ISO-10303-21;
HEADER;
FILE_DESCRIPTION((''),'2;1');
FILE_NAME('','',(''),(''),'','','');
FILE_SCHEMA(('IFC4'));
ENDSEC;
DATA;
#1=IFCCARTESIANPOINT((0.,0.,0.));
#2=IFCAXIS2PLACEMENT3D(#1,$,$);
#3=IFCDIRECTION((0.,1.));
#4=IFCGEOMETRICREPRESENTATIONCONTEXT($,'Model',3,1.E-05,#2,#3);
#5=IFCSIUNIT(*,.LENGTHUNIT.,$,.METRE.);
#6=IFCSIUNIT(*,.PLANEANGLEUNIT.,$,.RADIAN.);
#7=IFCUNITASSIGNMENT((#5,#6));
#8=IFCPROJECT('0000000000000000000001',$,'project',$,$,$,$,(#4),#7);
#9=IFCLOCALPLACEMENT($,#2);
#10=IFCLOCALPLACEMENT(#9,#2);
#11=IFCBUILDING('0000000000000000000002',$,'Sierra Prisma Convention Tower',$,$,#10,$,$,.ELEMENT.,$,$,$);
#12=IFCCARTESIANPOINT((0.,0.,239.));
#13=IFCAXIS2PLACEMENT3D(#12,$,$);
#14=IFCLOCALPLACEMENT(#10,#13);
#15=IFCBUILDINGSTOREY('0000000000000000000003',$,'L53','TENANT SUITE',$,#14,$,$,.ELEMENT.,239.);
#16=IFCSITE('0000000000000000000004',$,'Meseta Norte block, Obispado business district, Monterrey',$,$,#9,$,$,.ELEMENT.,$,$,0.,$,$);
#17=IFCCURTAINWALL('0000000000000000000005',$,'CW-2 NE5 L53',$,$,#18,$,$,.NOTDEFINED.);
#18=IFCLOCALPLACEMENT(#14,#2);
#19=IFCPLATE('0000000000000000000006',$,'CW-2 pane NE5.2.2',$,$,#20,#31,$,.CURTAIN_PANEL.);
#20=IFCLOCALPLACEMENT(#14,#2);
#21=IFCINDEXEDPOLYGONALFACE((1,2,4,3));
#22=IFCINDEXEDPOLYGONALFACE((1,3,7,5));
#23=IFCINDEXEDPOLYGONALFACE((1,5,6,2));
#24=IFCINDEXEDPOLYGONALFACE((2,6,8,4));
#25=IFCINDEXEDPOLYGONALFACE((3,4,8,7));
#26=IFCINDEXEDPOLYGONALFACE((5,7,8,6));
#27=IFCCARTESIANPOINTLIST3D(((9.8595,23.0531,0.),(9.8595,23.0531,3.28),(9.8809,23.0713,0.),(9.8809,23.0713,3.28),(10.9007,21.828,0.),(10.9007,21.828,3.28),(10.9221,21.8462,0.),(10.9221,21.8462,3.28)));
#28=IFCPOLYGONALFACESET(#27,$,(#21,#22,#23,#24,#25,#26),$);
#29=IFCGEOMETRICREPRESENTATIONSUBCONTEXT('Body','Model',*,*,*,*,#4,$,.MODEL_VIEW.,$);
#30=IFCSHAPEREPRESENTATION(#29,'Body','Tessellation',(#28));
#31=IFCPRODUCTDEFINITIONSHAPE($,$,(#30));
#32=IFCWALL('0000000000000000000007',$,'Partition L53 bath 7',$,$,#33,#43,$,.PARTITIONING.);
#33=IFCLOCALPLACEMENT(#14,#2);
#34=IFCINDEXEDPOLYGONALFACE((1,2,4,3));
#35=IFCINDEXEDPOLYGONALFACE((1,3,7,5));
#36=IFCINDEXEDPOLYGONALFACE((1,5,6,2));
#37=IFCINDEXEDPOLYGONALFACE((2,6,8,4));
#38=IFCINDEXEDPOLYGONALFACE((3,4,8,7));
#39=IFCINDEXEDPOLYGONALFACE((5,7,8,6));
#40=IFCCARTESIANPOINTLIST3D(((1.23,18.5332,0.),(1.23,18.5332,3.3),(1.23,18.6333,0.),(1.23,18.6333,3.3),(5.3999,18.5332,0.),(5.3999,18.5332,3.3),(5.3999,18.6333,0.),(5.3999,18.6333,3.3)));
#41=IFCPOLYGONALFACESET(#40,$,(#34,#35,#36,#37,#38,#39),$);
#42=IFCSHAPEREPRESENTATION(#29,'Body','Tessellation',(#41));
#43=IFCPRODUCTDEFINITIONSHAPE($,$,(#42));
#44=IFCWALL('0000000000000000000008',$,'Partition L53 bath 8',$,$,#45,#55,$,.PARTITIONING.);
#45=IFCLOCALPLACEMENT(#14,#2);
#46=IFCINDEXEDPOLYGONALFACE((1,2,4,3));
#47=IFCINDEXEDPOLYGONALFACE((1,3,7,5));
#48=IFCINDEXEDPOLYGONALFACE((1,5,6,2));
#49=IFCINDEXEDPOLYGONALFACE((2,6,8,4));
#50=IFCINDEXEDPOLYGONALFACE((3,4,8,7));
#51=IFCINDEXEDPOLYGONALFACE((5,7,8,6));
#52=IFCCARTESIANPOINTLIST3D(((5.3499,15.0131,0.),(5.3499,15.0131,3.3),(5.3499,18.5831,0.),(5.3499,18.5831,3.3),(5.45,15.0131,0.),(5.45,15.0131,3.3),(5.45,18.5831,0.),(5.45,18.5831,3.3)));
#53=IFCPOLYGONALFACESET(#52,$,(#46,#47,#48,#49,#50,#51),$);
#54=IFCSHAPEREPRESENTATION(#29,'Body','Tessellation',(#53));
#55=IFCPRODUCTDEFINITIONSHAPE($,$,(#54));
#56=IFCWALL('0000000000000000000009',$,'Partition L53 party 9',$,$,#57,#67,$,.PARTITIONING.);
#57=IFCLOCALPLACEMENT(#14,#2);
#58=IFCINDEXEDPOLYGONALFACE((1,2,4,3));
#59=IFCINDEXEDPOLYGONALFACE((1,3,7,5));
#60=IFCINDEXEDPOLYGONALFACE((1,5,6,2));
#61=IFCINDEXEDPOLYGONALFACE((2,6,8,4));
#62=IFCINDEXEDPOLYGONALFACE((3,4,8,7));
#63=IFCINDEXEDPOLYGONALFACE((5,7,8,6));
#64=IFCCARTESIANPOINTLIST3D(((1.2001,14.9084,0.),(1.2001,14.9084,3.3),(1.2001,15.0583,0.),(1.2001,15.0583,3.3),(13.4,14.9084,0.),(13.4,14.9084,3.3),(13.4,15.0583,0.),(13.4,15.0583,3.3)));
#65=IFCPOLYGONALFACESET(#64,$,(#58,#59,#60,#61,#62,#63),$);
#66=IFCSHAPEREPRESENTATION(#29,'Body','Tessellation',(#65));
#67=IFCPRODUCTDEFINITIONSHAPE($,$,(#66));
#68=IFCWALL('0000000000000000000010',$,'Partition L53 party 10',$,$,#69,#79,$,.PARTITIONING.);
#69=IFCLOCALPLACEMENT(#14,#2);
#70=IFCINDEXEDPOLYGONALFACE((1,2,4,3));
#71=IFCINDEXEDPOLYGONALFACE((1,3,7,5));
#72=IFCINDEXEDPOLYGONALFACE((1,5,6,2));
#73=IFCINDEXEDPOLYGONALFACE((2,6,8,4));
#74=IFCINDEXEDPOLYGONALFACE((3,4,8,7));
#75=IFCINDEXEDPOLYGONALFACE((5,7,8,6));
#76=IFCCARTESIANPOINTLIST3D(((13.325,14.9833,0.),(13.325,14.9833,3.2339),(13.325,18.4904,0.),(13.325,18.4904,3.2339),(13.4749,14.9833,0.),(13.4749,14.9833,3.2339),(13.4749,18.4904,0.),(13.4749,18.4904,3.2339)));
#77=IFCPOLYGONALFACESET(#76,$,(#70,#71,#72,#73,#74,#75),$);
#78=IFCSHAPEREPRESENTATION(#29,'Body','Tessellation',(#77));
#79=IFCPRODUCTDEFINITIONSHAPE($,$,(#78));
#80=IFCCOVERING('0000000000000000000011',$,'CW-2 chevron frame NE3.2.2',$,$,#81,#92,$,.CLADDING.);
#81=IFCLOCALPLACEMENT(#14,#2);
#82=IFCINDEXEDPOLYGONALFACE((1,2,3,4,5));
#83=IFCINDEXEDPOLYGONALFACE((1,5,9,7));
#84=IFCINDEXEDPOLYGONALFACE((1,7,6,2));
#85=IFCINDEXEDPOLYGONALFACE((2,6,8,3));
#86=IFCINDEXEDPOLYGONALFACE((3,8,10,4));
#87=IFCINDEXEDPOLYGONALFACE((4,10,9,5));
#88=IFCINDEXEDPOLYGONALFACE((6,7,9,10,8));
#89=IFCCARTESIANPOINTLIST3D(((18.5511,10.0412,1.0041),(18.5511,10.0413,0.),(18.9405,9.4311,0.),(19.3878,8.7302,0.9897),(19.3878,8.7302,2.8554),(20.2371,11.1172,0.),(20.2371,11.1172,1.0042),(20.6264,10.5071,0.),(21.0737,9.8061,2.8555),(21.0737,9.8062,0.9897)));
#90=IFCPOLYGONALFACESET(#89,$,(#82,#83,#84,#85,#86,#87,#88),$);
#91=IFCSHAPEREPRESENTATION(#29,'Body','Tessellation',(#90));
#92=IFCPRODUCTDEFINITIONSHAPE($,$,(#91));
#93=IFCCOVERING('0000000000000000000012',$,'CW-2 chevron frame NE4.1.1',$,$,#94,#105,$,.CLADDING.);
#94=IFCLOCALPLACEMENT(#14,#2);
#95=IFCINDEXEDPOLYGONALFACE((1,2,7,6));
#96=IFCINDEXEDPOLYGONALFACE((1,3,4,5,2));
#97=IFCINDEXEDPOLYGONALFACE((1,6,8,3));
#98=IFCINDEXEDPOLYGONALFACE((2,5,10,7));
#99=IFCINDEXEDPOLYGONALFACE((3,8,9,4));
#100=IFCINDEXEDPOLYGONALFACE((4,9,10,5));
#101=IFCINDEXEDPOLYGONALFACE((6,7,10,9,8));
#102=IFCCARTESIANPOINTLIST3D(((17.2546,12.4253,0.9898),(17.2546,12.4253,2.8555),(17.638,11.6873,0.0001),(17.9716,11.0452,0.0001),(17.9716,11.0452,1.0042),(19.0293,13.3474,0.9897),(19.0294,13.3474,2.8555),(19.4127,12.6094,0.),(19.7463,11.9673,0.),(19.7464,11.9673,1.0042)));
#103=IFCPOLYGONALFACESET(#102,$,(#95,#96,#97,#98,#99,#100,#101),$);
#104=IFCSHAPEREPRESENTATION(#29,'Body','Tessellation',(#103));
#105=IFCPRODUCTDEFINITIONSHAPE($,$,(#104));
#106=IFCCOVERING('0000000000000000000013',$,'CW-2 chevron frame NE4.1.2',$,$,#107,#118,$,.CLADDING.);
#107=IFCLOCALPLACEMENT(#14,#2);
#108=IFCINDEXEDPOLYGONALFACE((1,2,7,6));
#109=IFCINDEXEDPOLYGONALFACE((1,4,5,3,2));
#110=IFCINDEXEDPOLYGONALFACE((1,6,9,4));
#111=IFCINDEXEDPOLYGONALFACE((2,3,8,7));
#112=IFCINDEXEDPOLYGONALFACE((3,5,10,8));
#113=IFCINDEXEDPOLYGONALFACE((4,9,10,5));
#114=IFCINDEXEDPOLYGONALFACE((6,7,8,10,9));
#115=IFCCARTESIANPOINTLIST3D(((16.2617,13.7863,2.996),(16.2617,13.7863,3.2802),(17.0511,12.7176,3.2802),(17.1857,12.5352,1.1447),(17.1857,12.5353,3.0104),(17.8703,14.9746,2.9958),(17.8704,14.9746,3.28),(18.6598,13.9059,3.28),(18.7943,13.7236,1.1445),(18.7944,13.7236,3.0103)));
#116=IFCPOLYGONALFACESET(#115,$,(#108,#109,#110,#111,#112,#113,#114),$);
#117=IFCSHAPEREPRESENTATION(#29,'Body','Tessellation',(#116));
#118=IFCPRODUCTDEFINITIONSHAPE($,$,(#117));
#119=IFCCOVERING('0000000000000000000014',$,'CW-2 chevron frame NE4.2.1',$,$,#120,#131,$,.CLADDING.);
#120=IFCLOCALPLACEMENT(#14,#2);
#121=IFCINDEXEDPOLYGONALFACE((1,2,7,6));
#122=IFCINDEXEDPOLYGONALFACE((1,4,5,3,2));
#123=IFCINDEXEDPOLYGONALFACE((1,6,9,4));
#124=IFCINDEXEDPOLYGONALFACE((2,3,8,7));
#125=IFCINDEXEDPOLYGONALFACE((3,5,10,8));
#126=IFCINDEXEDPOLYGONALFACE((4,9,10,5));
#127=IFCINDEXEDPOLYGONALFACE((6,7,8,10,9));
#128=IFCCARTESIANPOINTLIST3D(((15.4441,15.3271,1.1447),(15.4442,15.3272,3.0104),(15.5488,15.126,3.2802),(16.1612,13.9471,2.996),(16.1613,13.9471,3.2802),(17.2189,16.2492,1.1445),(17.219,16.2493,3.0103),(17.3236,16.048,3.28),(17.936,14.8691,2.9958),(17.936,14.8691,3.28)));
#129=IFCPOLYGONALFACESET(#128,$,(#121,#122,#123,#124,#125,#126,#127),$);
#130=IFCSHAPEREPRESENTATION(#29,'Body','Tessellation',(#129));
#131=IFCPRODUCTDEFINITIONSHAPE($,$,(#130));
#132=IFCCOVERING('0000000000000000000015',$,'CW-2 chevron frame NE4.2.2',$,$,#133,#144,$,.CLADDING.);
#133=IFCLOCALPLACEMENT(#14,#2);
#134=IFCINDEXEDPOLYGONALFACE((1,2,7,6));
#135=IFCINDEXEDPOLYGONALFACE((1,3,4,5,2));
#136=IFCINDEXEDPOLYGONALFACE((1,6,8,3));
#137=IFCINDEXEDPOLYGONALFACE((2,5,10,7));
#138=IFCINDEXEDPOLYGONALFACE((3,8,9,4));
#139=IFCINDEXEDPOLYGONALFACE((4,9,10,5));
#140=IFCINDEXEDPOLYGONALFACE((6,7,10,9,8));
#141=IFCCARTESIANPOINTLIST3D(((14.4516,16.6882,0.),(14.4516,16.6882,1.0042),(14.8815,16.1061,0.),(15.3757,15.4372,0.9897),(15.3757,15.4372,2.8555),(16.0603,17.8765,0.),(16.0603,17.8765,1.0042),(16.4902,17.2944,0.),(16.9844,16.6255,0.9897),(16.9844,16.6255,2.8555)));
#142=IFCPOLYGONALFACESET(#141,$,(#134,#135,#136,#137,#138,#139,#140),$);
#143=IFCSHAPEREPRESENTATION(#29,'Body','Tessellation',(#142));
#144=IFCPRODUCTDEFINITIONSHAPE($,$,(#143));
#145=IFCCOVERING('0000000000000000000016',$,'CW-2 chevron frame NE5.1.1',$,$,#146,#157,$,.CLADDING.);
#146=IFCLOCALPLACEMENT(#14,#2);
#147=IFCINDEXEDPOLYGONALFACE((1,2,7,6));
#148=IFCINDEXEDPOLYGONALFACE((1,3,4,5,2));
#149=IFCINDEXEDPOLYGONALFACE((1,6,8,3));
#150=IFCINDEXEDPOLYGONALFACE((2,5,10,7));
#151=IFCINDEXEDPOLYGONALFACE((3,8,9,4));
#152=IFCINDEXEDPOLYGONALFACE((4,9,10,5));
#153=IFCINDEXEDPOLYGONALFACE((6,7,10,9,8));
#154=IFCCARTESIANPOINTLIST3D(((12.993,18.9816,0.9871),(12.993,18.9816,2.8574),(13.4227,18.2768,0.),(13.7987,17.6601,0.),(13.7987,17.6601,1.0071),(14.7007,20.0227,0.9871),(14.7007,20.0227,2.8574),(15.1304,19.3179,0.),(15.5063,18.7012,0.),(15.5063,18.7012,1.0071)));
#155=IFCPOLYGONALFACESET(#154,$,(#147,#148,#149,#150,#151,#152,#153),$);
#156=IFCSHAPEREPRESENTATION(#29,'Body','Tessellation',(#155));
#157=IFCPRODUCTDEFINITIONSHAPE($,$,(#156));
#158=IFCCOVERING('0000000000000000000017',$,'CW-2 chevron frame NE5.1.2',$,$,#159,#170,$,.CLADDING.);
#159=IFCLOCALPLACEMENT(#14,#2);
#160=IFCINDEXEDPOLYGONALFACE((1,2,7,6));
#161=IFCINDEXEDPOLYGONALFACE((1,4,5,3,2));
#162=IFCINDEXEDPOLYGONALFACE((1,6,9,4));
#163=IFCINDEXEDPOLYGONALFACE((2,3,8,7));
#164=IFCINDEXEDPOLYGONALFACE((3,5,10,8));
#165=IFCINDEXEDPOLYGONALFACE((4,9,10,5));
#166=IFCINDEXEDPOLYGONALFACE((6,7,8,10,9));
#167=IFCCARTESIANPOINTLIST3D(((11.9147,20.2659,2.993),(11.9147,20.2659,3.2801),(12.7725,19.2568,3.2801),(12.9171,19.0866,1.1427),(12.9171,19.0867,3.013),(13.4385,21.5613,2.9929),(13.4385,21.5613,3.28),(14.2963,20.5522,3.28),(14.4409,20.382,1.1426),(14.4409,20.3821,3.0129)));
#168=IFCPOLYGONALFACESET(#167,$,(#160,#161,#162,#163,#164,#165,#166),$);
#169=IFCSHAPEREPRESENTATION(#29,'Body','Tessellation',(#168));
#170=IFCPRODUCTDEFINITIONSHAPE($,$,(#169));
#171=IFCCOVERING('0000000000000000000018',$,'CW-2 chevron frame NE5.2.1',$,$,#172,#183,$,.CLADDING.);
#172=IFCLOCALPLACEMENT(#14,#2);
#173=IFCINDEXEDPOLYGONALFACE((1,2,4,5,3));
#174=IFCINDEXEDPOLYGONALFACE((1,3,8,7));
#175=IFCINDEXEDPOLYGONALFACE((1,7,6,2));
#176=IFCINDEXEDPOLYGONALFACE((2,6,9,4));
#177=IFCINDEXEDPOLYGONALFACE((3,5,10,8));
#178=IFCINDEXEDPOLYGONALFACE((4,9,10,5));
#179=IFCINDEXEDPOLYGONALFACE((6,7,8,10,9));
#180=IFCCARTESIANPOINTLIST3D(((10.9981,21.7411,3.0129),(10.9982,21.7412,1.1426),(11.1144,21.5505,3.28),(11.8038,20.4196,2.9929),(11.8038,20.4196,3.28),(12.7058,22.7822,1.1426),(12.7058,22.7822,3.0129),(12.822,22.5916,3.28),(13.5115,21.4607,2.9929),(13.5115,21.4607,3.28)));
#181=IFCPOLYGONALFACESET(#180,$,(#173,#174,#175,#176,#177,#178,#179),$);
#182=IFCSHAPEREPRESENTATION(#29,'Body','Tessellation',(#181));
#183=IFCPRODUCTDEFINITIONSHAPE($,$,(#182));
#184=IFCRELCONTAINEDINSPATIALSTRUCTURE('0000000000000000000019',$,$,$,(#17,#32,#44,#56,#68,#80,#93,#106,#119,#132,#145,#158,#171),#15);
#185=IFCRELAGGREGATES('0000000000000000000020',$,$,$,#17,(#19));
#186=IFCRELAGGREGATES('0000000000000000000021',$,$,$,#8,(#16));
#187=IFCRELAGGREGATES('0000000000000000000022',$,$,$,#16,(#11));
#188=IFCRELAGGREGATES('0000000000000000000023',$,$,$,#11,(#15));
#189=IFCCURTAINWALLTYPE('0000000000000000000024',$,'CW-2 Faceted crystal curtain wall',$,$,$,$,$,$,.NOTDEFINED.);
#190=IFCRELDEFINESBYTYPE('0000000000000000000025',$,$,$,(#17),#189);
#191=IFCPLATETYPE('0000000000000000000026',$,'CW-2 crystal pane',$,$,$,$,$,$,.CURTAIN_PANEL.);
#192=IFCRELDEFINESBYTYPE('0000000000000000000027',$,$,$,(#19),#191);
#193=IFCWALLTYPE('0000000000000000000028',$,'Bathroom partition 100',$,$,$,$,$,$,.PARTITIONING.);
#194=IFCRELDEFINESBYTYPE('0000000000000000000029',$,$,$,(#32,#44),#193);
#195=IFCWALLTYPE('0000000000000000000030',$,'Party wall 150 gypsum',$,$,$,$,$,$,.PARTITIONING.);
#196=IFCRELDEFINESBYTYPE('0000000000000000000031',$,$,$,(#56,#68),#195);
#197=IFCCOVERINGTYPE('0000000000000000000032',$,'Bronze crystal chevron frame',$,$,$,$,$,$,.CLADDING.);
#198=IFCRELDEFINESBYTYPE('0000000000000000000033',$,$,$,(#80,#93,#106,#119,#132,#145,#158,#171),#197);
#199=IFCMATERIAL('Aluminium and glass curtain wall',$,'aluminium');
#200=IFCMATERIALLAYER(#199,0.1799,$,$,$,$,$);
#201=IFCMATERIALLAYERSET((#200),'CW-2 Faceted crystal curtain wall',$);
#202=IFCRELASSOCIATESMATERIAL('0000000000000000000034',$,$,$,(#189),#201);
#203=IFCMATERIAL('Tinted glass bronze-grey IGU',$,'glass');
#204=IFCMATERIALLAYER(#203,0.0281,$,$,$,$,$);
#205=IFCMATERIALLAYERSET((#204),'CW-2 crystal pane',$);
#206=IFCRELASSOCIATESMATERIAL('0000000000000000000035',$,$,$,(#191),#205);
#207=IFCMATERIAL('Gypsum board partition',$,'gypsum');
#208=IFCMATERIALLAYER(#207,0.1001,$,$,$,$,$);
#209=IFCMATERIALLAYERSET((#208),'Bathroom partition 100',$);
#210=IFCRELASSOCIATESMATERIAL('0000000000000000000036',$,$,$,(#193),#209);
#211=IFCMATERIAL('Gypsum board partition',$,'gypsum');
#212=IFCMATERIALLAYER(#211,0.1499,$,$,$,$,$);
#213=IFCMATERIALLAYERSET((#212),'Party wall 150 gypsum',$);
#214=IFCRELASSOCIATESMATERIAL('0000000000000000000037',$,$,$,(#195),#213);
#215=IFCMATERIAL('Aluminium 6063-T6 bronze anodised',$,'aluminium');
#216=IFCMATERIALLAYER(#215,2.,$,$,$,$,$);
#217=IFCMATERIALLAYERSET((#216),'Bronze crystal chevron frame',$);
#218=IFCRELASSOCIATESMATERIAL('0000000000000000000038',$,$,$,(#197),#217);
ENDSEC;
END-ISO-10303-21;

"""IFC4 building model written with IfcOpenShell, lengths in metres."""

from ifc_helpers import new_model, si_unit, direction, frame, frame_2d, origin, place, context, subcontext, project, spatial, polyline, rectangle, outline, extrude, material, layer, layer_set, type_object, element, aggregate, save


model = new_model("IFC4")

# Units and contexts
model_context = context("Model", 3, precision=1e-05, world=origin(), true_north=direction((0.0, 1.0)))
body_context = subcontext(model_context, "Body", "Model", "MODEL_VIEW")
ifc_project = project(units=[si_unit("LENGTHUNIT", "METRE"), si_unit("PLANEANGLEUNIT", "RADIAN")], contexts=[model_context])

# Site, building, storey
site_placement = place(None, origin())
site = spatial("IfcSite", under=ifc_project, at=site_placement, Name="Meseta Norte block, Obispado business district, Monterrey", CompositionType="ELEMENT", RefElevation=0.0)
building_placement = place(site_placement, origin())
building = spatial("IfcBuilding", under=site, at=building_placement, Name="Sierra Prisma Convention Tower", CompositionType="ELEMENT")
storey_placement = place(building_placement, frame((0.0, 0.0, 239.0)))
storey = spatial("IfcBuildingStorey", under=building, at=storey_placement, Name="L53", Description="TENANT SUITE", CompositionType="ELEMENT", Elevation=239.0)

# Curtain wall
ifc_material_1 = material(Name="Aluminium and glass curtain wall", Category="aluminium")
ifc_layer_1 = layer(ifc_material_1, 0.1799)
ifc_layer_set_1 = layer_set([ifc_layer_1], Name="CW-2 Faceted crystal curtain wall")
curtain_wall_type = type_object("IfcCurtainWallType", Name="CW-2 Faceted crystal curtain wall", PredefinedType="NOTDEFINED", material=ifc_layer_set_1)
curtain_wall_1_placement = place(storey_placement, origin())
curtain_wall_1 = element("IfcCurtainWall", 1, at=curtain_wall_1_placement, inside=storey, type_object=curtain_wall_type, Name="CW-2 NE5 L53", PredefinedType="NOTDEFINED")

# Plate
ifc_material_2 = material(Name="Tinted glass bronze-grey IGU", Category="glass")
ifc_layer_2 = layer(ifc_material_2, 0.0281)
ifc_layer_set_2 = layer_set([ifc_layer_2], Name="CW-2 crystal pane")
plate_type = type_object("IfcPlateType", Name="CW-2 crystal pane", PredefinedType="CURTAIN_PANEL", material=ifc_layer_set_2)
plate_1_placement = place(storey_placement, frame((9.8809, 23.0713, 0.0), z_axis=(0.761962, 0.647622, 0.0), x_axis=(0.647622, -0.761962, 0.0)))
plate_1 = element("IfcPlate", 2, at=plate_1_placement, type_object=plate_type, Name="CW-2 pane NE5.2.2", PredefinedType="CURTAIN_PANEL", context=body_context, shape_type="SweptSolid", body=[
    extrude(outline(polyline([(0.0, 0.0), (1.6078, 0.0), (1.6078, -3.28), (0.0, -3.28), (0.0, 0.0)])), origin(), (0.0, 0.0, -1.0), 0.0281),
])
aggregate(curtain_wall_1, [plate_1])

# Walls
ifc_material_3 = material(Name="Gypsum board partition", Category="gypsum")
ifc_layer_3 = layer(ifc_material_3, 0.1001)
ifc_layer_set_3 = layer_set([ifc_layer_3], Name="Bathroom partition 100")
wall_type_1 = type_object("IfcWallType", Name="Bathroom partition 100", PredefinedType="PARTITIONING", material=ifc_layer_set_3)
wall_1_placement = place(storey_placement, frame((1.23, 18.5833, 0.0), z_axis=(0.0, 0.0, 1.0), x_axis=(1.0, 0.0, 0.0)))
element("IfcWall", 3, at=wall_1_placement, inside=storey, type_object=wall_type_1, Name="Partition L53 bath 7", PredefinedType="PARTITIONING", context=body_context, shape_type="SweptSolid", body=[
    extrude(rectangle(XDim=4.1699, YDim=0.1001, at=frame_2d((2.085, 0.0))), origin(), (0.0, 0.0, 1.0), 3.3),
])
wall_2_placement = place(storey_placement, frame((5.3999, 18.5833, 0.0), z_axis=(0.0, 0.0, 1.0), x_axis=(0.0, -1.0, 0.0)))
element("IfcWall", 4, at=wall_2_placement, inside=storey, type_object=wall_type_1, Name="Partition L53 bath 8", PredefinedType="PARTITIONING", context=body_context, shape_type="SweptSolid", body=[
    extrude(rectangle(XDim=3.5701, YDim=0.1001, at=frame_2d((1.7852, 0.0))), origin(), (0.0, 0.0, 1.0), 3.3),
])
ifc_material_4 = material(Name="Gypsum board partition", Category="gypsum")
ifc_layer_4 = layer(ifc_material_4, 0.1499)
ifc_layer_set_4 = layer_set([ifc_layer_4], Name="Party wall 150 gypsum")
wall_type_2 = type_object("IfcWallType", Name="Party wall 150 gypsum", PredefinedType="PARTITIONING", material=ifc_layer_set_4)
wall_3_placement = place(storey_placement, frame((1.2, 14.9834, 0.0), z_axis=(0.0, 0.0, 1.0), x_axis=(1.0, 0.0, 0.0)))
element("IfcWall", 5, at=wall_3_placement, inside=storey, type_object=wall_type_2, Name="Partition L53 party 9", PredefinedType="PARTITIONING", context=body_context, shape_type="SweptSolid", body=[
    extrude(rectangle(XDim=12.2, YDim=0.1499, at=frame_2d((6.1001, 0.0))), origin(), (0.0, 0.0, 1.0), 3.3),
])
wall_4_placement = place(storey_placement, frame((13.3999, 14.9834, 0.0), z_axis=(0.0, 0.0, 1.0), x_axis=(0.0, 1.0, 0.0)))
element("IfcWall", 6, at=wall_4_placement, inside=storey, type_object=wall_type_2, Name="Partition L53 party 10", PredefinedType="PARTITIONING", context=body_context, shape_type="SweptSolid", body=[
    extrude(rectangle(XDim=3.5071, YDim=0.1499, at=frame_2d((1.7534, 0.0))), origin(), (0.0, 0.0, 1.0), 3.2339),
])

# Coverings
ifc_material_5 = material(Name="Aluminium 6063-T6 bronze anodised", Category="aluminium")
ifc_layer_5 = layer(ifc_material_5, 2.0)
ifc_layer_set_5 = layer_set([ifc_layer_5], Name="Bronze crystal chevron frame")
covering_type = type_object("IfcCoveringType", Name="Bronze crystal chevron frame", PredefinedType="CLADDING", material=ifc_layer_set_5)
covering_1_placement = place(storey_placement, frame((20.2371, 11.1172, 0.0), z_axis=(0.842965, 0.537969, 0.000012), x_axis=(-0.00001, -0.000007, 1.0)))
element("IfcCovering", 7, at=covering_1_placement, inside=storey, type_object=covering_type, Name="CW-2 chevron frame NE3.2.2", PredefinedType="CLADDING", context=body_context, shape_type="SweptSolid", body=[
    extrude(outline(polyline([(0.0, 0.0), (1.0042, 0.0), (2.8555, 1.5553), (0.9897, 1.5553), (0.0, 0.7238), (0.0, 0.0)])), origin(), (0.0, 0.0, -1.0), 2.0),
])
covering_2_placement = place(storey_placement, frame((19.7463, 11.9673, 0.0), z_axis=(0.88737, 0.461058, -0.000038), x_axis=(-0.461058, 0.88737, 0.0)))
element("IfcCovering", 8, at=covering_2_placement, inside=storey, type_object=covering_type, Name="CW-2 chevron frame NE4.1.1", PredefinedType="CLADDING", context=body_context, shape_type="SweptSolid", body=[
    extrude(outline(polyline([(0.0, 0.0), (0.7236, 0.0), (1.5553, 0.9897), (1.5553, 2.8555), (0.0, 1.0042), (0.0, 0.0)])), origin(), (0.0, 0.0, -1.0), 2.0),
])
covering_3_placement = place(storey_placement, frame((18.7944, 13.7236, 3.0103), z_axis=(0.804342, 0.594166, -0.000066), x_axis=(-0.000053, -0.000039, -1.0)))
element("IfcCovering", 9, at=covering_3_placement, inside=storey, type_object=covering_type, Name="CW-2 chevron frame NE4.1.2", PredefinedType="CLADDING", context=body_context, shape_type="SweptSolid", body=[
    extrude(outline(polyline([(0.0, 0.0), (1.8657, 0.0), (0.0144, 1.5553), (-0.2698, 1.5553), (-0.2698, 0.2266), (0.0, 0.0)])), origin(), (0.0, 0.0, -1.0), 2.0),
])
covering_4_placement = place(storey_placement, frame((17.936, 14.8691, 3.28), z_axis=(0.887388, 0.461024, -0.000081), x_axis=(-0.000072, -0.000037, -1.0)))
element("IfcCovering", 10, at=covering_4_placement, inside=storey, type_object=covering_type, Name="CW-2 chevron frame NE4.2.1", PredefinedType="CLADDING", context=body_context, shape_type="SweptSolid", body=[
    extrude(outline(polyline([(0.0, 0.0), (0.2842, 0.0), (2.1355, 1.5553), (0.2698, 1.5553), (0.0, 1.3285), (0.0, 0.0)])), origin(), (0.0, 0.0, -1.0), 2.0),
])
covering_5_placement = place(storey_placement, frame((16.0603, 17.8765, 0.0), z_axis=(0.804349, 0.594157, -0.000001), x_axis=(0.000001, 0.000001, 1.0)))
element("IfcCovering", 11, at=covering_5_placement, inside=storey, type_object=covering_type, Name="CW-2 chevron frame NE4.2.2", PredefinedType="CLADDING", context=body_context, shape_type="SweptSolid", body=[
    extrude(outline(polyline([(0.0, 0.0), (1.0042, 0.0), (2.8555, 1.5553), (0.9897, 1.5553), (0.0, 0.7236), (0.0, 0.0)])), origin(), (0.0, 0.0, -1.0), 2.0),
])
covering_6_placement = place(storey_placement, frame((15.5063, 18.7012, 0.0), z_axis=(0.853838, 0.520539, -0.000003), x_axis=(-0.520539, 0.853838, 0.0)))
element("IfcCovering", 12, at=covering_6_placement, inside=storey, type_object=covering_type, Name="CW-2 chevron frame NE5.1.1", PredefinedType="CLADDING", context=body_context, shape_type="SweptSolid", body=[
    extrude(outline(polyline([(0.0, 0.0), (0.7223, 0.0), (1.5478, 0.9871), (1.5478, 2.8574), (0.0, 1.0071), (0.0, 0.0)])), origin(), (0.0, 0.0, -1.0), 2.0),
])
covering_7_placement = place(storey_placement, frame((14.4409, 20.3821, 3.0129), z_axis=(0.761896, 0.6477, -0.000041), x_axis=(-0.000031, -0.000026, -1.0)))
element("IfcCovering", 13, at=covering_7_placement, inside=storey, type_object=covering_type, Name="CW-2 chevron frame NE5.1.2", PredefinedType="CLADDING", context=body_context, shape_type="SweptSolid", body=[
    extrude(outline(polyline([(0.0, 0.0), (1.8704, 0.0), (0.02, 1.5477), (-0.2671, 1.5477), (-0.2671, 0.2233), (0.0, 0.0)])), origin(), (0.0, 0.0, -1.0), 2.0),
])
covering_8_placement = place(storey_placement, frame((13.5115, 21.4607, 3.28), z_axis=(0.853838, 0.520539, 0.000011), x_axis=(0.00001, 0.000006, -1.0)))
element("IfcCovering", 14, at=covering_8_placement, inside=storey, type_object=covering_type, Name="CW-2 chevron frame NE5.2.1", PredefinedType="CLADDING", context=body_context, shape_type="SweptSolid", body=[
    extrude(outline(polyline([(0.0, 0.0), (0.2871, 0.0), (2.1375, 1.5478), (0.2671, 1.5478), (0.0, 1.3245), (0.0, 0.0)])), origin(), (0.0, 0.0, -1.0), 2.0),
])

save(model, "model.ifc")
